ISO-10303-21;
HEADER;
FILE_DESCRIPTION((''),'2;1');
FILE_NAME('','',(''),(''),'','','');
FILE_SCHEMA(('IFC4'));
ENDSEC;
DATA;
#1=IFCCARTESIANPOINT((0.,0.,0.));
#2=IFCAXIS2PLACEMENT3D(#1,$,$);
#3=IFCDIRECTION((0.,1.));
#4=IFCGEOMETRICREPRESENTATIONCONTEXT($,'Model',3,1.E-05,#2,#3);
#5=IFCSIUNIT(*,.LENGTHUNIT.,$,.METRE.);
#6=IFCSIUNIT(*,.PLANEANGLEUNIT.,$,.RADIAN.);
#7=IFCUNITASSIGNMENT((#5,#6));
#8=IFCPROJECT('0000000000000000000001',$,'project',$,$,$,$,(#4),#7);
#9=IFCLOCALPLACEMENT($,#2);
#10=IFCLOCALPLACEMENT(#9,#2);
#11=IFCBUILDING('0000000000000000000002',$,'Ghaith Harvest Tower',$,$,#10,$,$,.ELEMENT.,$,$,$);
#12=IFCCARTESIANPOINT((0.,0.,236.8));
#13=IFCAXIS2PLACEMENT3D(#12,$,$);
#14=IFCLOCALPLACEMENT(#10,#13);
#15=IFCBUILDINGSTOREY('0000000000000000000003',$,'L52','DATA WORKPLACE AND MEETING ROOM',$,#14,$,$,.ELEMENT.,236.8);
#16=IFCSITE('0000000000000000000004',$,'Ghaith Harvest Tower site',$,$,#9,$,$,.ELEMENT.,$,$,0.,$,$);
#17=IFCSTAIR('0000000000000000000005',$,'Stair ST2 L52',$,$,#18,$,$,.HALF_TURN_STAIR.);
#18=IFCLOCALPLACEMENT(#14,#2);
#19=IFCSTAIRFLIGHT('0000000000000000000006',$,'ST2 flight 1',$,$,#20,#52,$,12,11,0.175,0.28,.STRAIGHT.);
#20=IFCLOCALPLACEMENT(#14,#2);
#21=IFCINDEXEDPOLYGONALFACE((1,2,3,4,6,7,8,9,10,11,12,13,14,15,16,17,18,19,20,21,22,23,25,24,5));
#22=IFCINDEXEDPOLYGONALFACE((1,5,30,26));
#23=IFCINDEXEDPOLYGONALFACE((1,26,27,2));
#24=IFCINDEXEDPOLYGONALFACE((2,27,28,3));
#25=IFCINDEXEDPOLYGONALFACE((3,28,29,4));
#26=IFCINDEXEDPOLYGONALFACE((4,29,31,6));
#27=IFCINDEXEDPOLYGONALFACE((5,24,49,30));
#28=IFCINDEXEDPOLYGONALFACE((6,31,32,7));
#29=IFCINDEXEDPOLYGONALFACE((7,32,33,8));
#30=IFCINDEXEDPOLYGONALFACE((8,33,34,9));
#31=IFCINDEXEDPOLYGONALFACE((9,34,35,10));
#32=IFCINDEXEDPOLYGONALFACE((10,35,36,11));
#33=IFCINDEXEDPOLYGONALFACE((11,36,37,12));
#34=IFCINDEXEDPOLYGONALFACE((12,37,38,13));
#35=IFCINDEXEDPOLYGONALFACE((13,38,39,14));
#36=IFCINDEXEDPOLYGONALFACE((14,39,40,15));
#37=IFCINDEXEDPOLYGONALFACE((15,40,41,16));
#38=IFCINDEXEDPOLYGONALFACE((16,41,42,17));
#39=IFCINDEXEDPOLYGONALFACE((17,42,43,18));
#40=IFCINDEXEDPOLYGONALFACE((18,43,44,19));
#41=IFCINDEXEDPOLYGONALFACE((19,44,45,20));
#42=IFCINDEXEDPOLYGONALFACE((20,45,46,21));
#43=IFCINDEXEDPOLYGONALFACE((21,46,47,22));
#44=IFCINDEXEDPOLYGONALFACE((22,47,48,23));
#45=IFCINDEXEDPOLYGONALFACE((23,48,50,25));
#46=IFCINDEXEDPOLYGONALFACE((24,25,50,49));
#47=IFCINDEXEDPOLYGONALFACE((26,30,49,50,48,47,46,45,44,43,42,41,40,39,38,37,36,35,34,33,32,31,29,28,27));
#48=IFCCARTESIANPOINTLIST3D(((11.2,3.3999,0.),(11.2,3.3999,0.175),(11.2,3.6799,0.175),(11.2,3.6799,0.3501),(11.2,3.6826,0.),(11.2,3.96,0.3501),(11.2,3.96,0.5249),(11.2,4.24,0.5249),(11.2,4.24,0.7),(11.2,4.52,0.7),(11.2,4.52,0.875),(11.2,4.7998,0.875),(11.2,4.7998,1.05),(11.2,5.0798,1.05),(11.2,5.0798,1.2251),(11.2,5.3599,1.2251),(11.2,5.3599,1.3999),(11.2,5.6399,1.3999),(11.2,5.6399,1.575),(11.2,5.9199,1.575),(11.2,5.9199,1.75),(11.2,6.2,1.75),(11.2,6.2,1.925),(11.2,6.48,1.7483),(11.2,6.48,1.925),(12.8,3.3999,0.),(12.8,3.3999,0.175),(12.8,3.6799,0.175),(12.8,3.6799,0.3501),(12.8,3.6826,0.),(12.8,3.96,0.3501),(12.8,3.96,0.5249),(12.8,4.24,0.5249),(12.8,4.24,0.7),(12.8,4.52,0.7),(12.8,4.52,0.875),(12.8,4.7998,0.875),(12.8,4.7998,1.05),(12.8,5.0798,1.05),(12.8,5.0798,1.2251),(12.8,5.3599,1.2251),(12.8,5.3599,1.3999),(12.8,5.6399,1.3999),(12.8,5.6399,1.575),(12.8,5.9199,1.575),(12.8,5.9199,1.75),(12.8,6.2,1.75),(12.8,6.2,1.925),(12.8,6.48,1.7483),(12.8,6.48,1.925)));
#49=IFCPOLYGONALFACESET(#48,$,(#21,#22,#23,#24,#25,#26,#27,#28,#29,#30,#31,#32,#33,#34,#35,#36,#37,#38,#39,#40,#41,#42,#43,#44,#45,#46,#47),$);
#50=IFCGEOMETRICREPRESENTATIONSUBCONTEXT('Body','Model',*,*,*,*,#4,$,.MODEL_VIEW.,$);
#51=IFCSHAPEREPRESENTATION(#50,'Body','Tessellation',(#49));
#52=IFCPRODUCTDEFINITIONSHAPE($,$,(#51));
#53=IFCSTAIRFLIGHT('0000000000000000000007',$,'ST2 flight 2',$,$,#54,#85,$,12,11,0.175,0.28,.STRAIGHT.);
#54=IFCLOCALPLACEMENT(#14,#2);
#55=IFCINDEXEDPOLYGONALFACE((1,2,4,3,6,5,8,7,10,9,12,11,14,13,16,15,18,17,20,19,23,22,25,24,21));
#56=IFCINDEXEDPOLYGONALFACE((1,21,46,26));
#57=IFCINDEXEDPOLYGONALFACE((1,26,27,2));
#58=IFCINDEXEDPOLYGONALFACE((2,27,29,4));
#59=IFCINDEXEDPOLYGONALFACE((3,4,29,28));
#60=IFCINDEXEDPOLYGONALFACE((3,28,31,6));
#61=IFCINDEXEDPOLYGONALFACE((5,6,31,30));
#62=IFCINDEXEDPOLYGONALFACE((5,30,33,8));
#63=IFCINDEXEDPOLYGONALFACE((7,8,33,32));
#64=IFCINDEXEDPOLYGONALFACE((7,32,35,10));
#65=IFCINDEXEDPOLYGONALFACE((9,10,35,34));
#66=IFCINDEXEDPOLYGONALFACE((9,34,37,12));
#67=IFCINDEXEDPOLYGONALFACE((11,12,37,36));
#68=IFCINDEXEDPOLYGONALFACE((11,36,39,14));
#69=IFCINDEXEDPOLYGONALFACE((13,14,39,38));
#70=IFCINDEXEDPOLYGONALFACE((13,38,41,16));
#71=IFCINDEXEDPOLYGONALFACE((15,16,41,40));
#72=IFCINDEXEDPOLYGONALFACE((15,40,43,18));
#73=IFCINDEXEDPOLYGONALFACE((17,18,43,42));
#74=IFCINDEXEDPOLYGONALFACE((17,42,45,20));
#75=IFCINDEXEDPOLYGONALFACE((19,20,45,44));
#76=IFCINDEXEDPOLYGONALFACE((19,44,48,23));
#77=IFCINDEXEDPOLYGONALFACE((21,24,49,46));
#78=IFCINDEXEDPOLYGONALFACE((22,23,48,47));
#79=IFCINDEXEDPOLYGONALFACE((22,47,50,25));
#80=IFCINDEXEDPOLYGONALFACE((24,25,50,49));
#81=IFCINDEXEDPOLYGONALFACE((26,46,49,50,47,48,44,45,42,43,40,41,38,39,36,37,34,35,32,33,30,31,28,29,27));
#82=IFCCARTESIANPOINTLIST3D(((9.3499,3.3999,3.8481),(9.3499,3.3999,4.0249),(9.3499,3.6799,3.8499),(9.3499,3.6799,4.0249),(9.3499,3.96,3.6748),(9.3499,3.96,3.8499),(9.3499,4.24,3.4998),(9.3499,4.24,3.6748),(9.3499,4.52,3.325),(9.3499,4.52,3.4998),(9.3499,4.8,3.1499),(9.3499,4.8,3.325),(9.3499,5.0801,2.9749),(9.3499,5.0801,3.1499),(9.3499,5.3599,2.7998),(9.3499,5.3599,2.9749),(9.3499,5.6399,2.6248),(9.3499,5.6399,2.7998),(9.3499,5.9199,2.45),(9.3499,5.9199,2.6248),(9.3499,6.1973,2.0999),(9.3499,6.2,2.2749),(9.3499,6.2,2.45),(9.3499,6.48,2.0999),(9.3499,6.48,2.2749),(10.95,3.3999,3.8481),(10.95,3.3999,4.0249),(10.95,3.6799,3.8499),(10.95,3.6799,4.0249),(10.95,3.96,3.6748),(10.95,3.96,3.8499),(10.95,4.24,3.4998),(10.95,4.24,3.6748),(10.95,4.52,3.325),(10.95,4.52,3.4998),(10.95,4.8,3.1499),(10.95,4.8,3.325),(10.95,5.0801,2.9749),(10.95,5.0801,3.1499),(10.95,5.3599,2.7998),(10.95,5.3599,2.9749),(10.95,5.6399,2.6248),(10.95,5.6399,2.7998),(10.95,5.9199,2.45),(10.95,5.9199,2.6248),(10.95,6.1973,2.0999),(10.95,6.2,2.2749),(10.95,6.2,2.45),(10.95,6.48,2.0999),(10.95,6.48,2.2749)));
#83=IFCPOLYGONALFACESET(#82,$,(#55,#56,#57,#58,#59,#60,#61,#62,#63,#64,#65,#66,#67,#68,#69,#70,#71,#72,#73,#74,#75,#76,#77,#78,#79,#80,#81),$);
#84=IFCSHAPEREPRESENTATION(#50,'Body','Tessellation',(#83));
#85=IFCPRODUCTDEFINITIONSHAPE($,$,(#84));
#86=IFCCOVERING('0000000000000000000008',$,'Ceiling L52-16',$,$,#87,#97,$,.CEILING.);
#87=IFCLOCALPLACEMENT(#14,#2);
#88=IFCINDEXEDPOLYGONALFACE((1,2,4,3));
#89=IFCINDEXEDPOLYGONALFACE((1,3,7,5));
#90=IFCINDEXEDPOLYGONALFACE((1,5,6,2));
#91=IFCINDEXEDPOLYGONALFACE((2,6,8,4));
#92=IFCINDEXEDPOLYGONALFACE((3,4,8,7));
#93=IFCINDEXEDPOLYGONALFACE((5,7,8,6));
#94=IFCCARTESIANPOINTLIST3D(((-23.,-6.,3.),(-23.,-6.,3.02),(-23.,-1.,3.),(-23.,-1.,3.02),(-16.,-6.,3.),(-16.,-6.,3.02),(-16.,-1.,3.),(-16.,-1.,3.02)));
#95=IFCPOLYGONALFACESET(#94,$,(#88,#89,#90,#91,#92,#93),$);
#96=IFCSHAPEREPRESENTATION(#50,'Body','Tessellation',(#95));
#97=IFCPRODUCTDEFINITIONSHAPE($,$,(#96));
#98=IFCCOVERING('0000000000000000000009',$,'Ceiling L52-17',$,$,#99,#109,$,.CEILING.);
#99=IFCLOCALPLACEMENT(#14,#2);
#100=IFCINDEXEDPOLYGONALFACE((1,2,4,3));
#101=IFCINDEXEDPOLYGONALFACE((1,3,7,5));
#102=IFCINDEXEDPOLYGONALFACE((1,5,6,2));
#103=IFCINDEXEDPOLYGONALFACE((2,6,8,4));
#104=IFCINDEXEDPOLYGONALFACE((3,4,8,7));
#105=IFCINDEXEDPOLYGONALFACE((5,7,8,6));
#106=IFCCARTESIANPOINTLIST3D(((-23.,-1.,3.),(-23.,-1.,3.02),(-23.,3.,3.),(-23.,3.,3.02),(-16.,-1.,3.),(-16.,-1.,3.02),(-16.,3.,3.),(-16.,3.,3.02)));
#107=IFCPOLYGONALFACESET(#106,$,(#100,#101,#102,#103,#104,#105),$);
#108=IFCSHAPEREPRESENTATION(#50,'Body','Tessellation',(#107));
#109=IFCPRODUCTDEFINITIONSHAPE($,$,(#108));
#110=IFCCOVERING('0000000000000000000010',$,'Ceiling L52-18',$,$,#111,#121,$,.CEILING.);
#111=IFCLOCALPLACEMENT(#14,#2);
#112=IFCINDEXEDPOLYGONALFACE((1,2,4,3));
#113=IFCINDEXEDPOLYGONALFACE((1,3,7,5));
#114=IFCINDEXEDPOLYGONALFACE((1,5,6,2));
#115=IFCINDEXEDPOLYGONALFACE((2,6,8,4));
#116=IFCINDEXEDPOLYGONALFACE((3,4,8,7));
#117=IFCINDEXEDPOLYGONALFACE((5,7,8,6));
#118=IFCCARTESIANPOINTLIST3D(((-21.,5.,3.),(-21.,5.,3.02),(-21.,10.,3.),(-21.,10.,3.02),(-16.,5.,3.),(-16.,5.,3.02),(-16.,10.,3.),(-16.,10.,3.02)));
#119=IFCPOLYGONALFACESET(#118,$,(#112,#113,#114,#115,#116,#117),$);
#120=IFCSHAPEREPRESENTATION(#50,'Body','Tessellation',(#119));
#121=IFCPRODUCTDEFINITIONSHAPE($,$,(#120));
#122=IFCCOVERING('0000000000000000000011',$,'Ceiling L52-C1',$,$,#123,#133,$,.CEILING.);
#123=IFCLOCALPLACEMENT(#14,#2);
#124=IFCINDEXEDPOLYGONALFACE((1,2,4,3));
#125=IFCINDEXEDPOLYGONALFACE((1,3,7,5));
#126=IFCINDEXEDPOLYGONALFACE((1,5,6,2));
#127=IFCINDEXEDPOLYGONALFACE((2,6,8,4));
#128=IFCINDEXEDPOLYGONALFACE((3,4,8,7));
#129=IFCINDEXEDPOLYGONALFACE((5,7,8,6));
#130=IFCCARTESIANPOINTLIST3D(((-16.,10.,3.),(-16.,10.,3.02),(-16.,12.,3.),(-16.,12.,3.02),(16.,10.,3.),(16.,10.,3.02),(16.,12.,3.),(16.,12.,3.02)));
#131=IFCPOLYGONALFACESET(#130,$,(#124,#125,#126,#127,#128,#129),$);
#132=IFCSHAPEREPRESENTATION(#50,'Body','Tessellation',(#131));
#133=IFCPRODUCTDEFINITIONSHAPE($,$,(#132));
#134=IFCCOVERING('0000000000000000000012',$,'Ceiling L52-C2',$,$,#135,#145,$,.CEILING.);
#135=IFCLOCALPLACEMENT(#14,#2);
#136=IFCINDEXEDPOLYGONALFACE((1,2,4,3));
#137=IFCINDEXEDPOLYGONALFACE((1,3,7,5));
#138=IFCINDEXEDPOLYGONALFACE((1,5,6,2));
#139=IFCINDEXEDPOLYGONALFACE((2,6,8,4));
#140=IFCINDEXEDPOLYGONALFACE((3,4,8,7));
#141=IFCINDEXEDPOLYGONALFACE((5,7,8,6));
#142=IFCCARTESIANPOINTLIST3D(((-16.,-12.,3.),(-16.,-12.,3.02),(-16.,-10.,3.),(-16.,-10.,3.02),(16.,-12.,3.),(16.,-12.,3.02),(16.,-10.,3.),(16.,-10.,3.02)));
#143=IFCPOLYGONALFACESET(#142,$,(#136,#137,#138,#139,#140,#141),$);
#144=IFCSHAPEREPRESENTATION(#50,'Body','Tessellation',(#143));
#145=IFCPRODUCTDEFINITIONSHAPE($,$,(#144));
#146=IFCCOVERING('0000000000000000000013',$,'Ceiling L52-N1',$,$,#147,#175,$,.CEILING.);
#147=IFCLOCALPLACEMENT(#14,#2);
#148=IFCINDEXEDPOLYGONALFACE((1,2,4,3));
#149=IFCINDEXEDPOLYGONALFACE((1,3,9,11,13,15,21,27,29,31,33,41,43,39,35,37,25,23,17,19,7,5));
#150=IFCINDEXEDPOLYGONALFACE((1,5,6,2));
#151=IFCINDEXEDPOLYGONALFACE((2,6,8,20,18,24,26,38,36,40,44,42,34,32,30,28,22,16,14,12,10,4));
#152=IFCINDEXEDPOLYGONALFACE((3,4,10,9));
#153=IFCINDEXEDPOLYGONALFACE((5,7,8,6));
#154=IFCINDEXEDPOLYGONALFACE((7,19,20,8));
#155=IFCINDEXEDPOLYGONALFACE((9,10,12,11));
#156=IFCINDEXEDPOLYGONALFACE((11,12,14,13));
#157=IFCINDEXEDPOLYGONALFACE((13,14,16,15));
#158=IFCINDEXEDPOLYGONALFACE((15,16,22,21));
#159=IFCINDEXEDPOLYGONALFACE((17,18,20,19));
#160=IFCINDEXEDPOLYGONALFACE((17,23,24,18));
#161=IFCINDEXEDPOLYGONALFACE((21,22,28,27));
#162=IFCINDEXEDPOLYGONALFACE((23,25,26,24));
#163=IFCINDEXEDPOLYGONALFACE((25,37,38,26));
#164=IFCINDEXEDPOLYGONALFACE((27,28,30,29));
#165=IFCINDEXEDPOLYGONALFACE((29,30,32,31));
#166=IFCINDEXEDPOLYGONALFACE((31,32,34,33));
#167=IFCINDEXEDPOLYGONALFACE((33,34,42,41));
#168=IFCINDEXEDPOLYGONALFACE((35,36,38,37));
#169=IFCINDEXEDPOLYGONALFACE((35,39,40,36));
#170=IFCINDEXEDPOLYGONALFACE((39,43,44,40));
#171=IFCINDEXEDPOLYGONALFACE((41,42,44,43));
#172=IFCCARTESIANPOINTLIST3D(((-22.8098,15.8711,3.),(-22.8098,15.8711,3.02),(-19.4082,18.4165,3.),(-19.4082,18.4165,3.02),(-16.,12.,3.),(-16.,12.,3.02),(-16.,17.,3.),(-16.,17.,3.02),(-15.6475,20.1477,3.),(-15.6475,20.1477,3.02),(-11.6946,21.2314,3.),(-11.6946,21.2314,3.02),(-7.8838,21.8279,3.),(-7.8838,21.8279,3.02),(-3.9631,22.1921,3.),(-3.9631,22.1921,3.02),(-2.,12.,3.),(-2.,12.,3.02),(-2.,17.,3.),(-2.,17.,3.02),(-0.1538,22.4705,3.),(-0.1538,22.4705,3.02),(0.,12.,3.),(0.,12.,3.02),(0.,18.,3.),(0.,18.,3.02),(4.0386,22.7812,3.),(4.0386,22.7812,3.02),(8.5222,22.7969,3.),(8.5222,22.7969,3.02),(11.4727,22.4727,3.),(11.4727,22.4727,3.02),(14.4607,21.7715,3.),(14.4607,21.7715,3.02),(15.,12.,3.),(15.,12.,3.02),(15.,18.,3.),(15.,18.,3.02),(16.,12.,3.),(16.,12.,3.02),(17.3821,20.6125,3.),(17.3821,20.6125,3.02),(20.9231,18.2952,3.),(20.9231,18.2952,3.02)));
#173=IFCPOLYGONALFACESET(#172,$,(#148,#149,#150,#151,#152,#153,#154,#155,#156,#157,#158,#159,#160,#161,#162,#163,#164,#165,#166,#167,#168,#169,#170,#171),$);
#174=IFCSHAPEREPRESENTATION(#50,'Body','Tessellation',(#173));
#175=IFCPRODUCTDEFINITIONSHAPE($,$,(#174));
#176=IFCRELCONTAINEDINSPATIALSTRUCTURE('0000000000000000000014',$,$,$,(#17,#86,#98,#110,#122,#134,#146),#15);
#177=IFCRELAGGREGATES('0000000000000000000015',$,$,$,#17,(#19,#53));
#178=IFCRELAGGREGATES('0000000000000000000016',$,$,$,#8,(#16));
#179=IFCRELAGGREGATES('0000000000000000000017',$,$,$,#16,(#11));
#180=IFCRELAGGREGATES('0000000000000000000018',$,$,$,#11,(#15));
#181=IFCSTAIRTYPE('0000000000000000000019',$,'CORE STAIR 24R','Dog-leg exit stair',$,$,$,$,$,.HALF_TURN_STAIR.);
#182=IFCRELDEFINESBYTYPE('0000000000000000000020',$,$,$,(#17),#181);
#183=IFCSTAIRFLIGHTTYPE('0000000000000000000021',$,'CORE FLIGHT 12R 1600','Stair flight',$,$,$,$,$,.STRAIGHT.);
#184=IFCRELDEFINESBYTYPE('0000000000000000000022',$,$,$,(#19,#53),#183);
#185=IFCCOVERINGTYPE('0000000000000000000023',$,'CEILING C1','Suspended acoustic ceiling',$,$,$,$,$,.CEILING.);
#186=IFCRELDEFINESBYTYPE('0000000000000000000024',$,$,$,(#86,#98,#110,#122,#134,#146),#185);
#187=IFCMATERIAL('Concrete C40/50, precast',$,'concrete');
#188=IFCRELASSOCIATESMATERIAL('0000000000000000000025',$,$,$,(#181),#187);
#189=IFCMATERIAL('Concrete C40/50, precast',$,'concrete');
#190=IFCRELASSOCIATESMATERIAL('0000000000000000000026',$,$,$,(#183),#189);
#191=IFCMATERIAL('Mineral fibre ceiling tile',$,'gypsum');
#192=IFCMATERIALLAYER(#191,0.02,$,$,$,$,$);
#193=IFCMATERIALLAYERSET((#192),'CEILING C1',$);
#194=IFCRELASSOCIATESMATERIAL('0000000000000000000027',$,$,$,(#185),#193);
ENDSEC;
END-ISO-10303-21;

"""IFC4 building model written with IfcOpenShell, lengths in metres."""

from ifc_helpers import new_model, si_unit, direction, frame, origin, place, context, subcontext, project, spatial, polyline, outline, extrude, material, layer, layer_set, type_object, element, aggregate, save


model = new_model("IFC4")

# Units and contexts
model_context = context("Model", 3, precision=1e-05, world=origin(), true_north=direction((0.0, 1.0)))
body_context = subcontext(model_context, "Body", "Model", "MODEL_VIEW")
ifc_project = project(units=[si_unit("LENGTHUNIT", "METRE"), si_unit("PLANEANGLEUNIT", "RADIAN")], contexts=[model_context])

# Site, building, storey
site_placement = place(None, origin())
site = spatial("IfcSite", under=ifc_project, at=site_placement, Name="Ghaith Harvest Tower site", CompositionType="ELEMENT", RefElevation=0.0)
building_placement = place(site_placement, origin())
building = spatial("IfcBuilding", under=site, at=building_placement, Name="Ghaith Harvest Tower", CompositionType="ELEMENT")
storey_placement = place(building_placement, frame((0.0, 0.0, 236.8)))
storey = spatial("IfcBuildingStorey", under=building, at=storey_placement, Name="L52", Description="DATA WORKPLACE AND MEETING ROOM", CompositionType="ELEMENT", Elevation=236.8)

# Stair, stair flights
ifc_material_1 = material(Name="Concrete C40/50, precast", Category="concrete")
stair_type = type_object("IfcStairType", Name="CORE STAIR 24R", Description="Dog-leg exit stair", PredefinedType="HALF_TURN_STAIR", material=ifc_material_1)
stair_placement = place(storey_placement, origin())
stair = element("IfcStair", 1, at=stair_placement, inside=storey, type_object=stair_type, Name="Stair ST2 L52", PredefinedType="HALF_TURN_STAIR")
ifc_material_2 = material(Name="Concrete C40/50, precast", Category="concrete")
stair_flight_type = type_object("IfcStairFlightType", Name="CORE FLIGHT 12R 1600", Description="Stair flight", PredefinedType="STRAIGHT", material=ifc_material_2)
stair_flight_1_placement = place(storey_placement, frame((12.0, 3.3999, 0.0), z_axis=(0.0, 0.0, 1.0), x_axis=(0.0, 1.0, 0.0)))
stair_flight_1 = element("IfcStairFlight", 2, at=stair_flight_1_placement, type_object=stair_flight_type, Name="ST2 flight 1", NumberOfRisers=12, NumberOfTreads=11, PredefinedType="STRAIGHT", RiserHeight=0.175, TreadLength=0.28, context=body_context, shape_type="SweptSolid", body=[
    extrude(outline(polyline([(0.0, 0.0), (0.0, 0.175), (0.28, 0.175), (0.28, 0.3501), (0.5601, 0.3501), (0.5601, 0.5249), (0.8401, 0.5249), (0.8401, 0.7), (1.1201, 0.7), (1.1201, 0.875), (1.3999, 0.875), (1.3999, 1.05), (1.6799, 1.05), (1.6799, 1.2251), (1.96, 1.2251), (1.96, 1.3999), (2.24, 1.3999), (2.24, 1.575), (2.52, 1.575), (2.52, 1.75), (2.8, 1.75), (2.8, 1.925), (3.0801, 1.925), (3.0801, 2.1001), (3.0801, 1.7483), (0.2827, 0.0), (0.0, 0.0)])), frame((0.0, 0.8, 0.0), z_axis=(0.0, -1.0, 0.0), x_axis=(1.0, 0.0, 0.0)), (0.0, 0.0, 1.0), 1.6001),
])
stair_flight_2_placement = place(storey_placement, frame((10.1499, 6.48, 2.0999), z_axis=(0.0, 0.0, 1.0), x_axis=(0.0, -1.0, 0.0)))
stair_flight_2 = element("IfcStairFlight", 3, at=stair_flight_2_placement, type_object=stair_flight_type, Name="ST2 flight 2", NumberOfRisers=12, NumberOfTreads=11, PredefinedType="STRAIGHT", RiserHeight=0.175, TreadLength=0.28, context=body_context, shape_type="SweptSolid", body=[
    extrude(outline(polyline([(0.0, 0.0), (0.0, 0.175), (0.28, 0.175), (0.28, 0.3501), (0.5601, 0.3501), (0.5601, 0.5249), (0.8401, 0.5249), (0.8401, 0.7), (1.1201, 0.7), (1.1201, 0.875), (1.3999, 0.875), (1.3999, 1.05), (1.6799, 1.05), (1.6799, 1.2251), (1.96, 1.2251), (1.96, 1.3999), (2.24, 1.3999), (2.24, 1.575), (2.52, 1.575), (2.52, 1.75), (2.8, 1.75), (2.8, 1.925), (3.0801, 1.925), (3.0801, 2.1001), (3.0801, 1.7483), (0.2827, 0.0), (0.0, 0.0)])), frame((0.0, 0.8, 0.0), z_axis=(0.0, -1.0, 0.0), x_axis=(1.0, 0.0, 0.0)), (0.0, 0.0, 1.0), 1.6001),
])
aggregate(stair, [stair_flight_1, stair_flight_2])

# Coverings
ifc_material_3 = material(Name="Mineral fibre ceiling tile", Category="gypsum")
ifc_layer_1 = layer(ifc_material_3, 0.02)
ifc_layer_set_1 = layer_set([ifc_layer_1], Name="CEILING C1")
covering_type = type_object("IfcCoveringType", Name="CEILING C1", Description="Suspended acoustic ceiling", PredefinedType="CEILING", material=ifc_layer_set_1)
covering_1_placement = place(storey_placement, frame((0.0, 0.0, 3.0)))
element("IfcCovering", 4, at=covering_1_placement, inside=storey, type_object=covering_type, Name="Ceiling L52-16", PredefinedType="CEILING", context=body_context, shape_type="SweptSolid", body=[
    extrude(outline(polyline([(-23.0, -6.0), (-16.0, -6.0), (-16.0, -1.0), (-23.0, -1.0), (-23.0, -6.0)])), origin(), (0.0, 0.0, 1.0), 0.02),
])
covering_2_placement = place(storey_placement, frame((0.0, 0.0, 3.0)))
element("IfcCovering", 5, at=covering_2_placement, inside=storey, type_object=covering_type, Name="Ceiling L52-17", PredefinedType="CEILING", context=body_context, shape_type="SweptSolid", body=[
    extrude(outline(polyline([(-23.0, -1.0), (-16.0, -1.0), (-16.0, 3.0), (-23.0, 3.0), (-23.0, -1.0)])), origin(), (0.0, 0.0, 1.0), 0.02),
])
covering_3_placement = place(storey_placement, frame((0.0, 0.0, 3.0)))
element("IfcCovering", 6, at=covering_3_placement, inside=storey, type_object=covering_type, Name="Ceiling L52-18", PredefinedType="CEILING", context=body_context, shape_type="SweptSolid", body=[
    extrude(outline(polyline([(-21.0, 5.0), (-16.0, 5.0), (-16.0, 10.0), (-21.0, 10.0), (-21.0, 5.0)])), origin(), (0.0, 0.0, 1.0), 0.02),
])
covering_4_placement = place(storey_placement, frame((0.0, 0.0, 3.0)))
element("IfcCovering", 7, at=covering_4_placement, inside=storey, type_object=covering_type, Name="Ceiling L52-C1", PredefinedType="CEILING", context=body_context, shape_type="SweptSolid", body=[
    extrude(outline(polyline([(16.0, 10.0), (-16.0, 10.0), (-16.0, 12.0), (16.0, 12.0), (16.0, 10.0)])), origin(), (0.0, 0.0, 1.0), 0.02),
])
covering_5_placement = place(storey_placement, frame((0.0, 0.0, 3.0)))
element("IfcCovering", 8, at=covering_5_placement, inside=storey, type_object=covering_type, Name="Ceiling L52-C2", PredefinedType="CEILING", context=body_context, shape_type="SweptSolid", body=[
    extrude(outline(polyline([(-16.0, -10.0), (16.0, -10.0), (16.0, -12.0), (-16.0, -12.0), (-16.0, -10.0)])), origin(), (0.0, 0.0, 1.0), 0.02),
])
covering_6_placement = place(storey_placement, frame((0.0, 0.0, 3.0)))
element("IfcCovering", 9, at=covering_6_placement, inside=storey, type_object=covering_type, Name="Ceiling L52-N1", PredefinedType="CEILING", context=body_context, shape_type="SweptSolid", body=[
    extrude(outline(polyline([(-19.4082, 18.4165), (-15.6475, 20.1477), (-11.6946, 21.2314), (-7.8838, 21.8279), (-3.9631, 22.1921), (-0.1538, 22.4705), (4.0386, 22.7812), (8.5222, 22.7969), (11.4727, 22.4727), (14.4607, 21.7715), (17.3821, 20.6125), (20.9231, 18.2952), (16.0, 12.0), (15.0, 12.0), (15.0, 18.0), (0.0, 18.0), (0.0, 12.0), (-2.0, 12.0), (-2.0, 17.0), (-16.0, 17.0), (-16.0, 12.0), (-22.8098, 15.8711), (-19.4082, 18.4165)])), origin(), (0.0, 0.0, 1.0), 0.02),
])

save(model, "model.ifc")
